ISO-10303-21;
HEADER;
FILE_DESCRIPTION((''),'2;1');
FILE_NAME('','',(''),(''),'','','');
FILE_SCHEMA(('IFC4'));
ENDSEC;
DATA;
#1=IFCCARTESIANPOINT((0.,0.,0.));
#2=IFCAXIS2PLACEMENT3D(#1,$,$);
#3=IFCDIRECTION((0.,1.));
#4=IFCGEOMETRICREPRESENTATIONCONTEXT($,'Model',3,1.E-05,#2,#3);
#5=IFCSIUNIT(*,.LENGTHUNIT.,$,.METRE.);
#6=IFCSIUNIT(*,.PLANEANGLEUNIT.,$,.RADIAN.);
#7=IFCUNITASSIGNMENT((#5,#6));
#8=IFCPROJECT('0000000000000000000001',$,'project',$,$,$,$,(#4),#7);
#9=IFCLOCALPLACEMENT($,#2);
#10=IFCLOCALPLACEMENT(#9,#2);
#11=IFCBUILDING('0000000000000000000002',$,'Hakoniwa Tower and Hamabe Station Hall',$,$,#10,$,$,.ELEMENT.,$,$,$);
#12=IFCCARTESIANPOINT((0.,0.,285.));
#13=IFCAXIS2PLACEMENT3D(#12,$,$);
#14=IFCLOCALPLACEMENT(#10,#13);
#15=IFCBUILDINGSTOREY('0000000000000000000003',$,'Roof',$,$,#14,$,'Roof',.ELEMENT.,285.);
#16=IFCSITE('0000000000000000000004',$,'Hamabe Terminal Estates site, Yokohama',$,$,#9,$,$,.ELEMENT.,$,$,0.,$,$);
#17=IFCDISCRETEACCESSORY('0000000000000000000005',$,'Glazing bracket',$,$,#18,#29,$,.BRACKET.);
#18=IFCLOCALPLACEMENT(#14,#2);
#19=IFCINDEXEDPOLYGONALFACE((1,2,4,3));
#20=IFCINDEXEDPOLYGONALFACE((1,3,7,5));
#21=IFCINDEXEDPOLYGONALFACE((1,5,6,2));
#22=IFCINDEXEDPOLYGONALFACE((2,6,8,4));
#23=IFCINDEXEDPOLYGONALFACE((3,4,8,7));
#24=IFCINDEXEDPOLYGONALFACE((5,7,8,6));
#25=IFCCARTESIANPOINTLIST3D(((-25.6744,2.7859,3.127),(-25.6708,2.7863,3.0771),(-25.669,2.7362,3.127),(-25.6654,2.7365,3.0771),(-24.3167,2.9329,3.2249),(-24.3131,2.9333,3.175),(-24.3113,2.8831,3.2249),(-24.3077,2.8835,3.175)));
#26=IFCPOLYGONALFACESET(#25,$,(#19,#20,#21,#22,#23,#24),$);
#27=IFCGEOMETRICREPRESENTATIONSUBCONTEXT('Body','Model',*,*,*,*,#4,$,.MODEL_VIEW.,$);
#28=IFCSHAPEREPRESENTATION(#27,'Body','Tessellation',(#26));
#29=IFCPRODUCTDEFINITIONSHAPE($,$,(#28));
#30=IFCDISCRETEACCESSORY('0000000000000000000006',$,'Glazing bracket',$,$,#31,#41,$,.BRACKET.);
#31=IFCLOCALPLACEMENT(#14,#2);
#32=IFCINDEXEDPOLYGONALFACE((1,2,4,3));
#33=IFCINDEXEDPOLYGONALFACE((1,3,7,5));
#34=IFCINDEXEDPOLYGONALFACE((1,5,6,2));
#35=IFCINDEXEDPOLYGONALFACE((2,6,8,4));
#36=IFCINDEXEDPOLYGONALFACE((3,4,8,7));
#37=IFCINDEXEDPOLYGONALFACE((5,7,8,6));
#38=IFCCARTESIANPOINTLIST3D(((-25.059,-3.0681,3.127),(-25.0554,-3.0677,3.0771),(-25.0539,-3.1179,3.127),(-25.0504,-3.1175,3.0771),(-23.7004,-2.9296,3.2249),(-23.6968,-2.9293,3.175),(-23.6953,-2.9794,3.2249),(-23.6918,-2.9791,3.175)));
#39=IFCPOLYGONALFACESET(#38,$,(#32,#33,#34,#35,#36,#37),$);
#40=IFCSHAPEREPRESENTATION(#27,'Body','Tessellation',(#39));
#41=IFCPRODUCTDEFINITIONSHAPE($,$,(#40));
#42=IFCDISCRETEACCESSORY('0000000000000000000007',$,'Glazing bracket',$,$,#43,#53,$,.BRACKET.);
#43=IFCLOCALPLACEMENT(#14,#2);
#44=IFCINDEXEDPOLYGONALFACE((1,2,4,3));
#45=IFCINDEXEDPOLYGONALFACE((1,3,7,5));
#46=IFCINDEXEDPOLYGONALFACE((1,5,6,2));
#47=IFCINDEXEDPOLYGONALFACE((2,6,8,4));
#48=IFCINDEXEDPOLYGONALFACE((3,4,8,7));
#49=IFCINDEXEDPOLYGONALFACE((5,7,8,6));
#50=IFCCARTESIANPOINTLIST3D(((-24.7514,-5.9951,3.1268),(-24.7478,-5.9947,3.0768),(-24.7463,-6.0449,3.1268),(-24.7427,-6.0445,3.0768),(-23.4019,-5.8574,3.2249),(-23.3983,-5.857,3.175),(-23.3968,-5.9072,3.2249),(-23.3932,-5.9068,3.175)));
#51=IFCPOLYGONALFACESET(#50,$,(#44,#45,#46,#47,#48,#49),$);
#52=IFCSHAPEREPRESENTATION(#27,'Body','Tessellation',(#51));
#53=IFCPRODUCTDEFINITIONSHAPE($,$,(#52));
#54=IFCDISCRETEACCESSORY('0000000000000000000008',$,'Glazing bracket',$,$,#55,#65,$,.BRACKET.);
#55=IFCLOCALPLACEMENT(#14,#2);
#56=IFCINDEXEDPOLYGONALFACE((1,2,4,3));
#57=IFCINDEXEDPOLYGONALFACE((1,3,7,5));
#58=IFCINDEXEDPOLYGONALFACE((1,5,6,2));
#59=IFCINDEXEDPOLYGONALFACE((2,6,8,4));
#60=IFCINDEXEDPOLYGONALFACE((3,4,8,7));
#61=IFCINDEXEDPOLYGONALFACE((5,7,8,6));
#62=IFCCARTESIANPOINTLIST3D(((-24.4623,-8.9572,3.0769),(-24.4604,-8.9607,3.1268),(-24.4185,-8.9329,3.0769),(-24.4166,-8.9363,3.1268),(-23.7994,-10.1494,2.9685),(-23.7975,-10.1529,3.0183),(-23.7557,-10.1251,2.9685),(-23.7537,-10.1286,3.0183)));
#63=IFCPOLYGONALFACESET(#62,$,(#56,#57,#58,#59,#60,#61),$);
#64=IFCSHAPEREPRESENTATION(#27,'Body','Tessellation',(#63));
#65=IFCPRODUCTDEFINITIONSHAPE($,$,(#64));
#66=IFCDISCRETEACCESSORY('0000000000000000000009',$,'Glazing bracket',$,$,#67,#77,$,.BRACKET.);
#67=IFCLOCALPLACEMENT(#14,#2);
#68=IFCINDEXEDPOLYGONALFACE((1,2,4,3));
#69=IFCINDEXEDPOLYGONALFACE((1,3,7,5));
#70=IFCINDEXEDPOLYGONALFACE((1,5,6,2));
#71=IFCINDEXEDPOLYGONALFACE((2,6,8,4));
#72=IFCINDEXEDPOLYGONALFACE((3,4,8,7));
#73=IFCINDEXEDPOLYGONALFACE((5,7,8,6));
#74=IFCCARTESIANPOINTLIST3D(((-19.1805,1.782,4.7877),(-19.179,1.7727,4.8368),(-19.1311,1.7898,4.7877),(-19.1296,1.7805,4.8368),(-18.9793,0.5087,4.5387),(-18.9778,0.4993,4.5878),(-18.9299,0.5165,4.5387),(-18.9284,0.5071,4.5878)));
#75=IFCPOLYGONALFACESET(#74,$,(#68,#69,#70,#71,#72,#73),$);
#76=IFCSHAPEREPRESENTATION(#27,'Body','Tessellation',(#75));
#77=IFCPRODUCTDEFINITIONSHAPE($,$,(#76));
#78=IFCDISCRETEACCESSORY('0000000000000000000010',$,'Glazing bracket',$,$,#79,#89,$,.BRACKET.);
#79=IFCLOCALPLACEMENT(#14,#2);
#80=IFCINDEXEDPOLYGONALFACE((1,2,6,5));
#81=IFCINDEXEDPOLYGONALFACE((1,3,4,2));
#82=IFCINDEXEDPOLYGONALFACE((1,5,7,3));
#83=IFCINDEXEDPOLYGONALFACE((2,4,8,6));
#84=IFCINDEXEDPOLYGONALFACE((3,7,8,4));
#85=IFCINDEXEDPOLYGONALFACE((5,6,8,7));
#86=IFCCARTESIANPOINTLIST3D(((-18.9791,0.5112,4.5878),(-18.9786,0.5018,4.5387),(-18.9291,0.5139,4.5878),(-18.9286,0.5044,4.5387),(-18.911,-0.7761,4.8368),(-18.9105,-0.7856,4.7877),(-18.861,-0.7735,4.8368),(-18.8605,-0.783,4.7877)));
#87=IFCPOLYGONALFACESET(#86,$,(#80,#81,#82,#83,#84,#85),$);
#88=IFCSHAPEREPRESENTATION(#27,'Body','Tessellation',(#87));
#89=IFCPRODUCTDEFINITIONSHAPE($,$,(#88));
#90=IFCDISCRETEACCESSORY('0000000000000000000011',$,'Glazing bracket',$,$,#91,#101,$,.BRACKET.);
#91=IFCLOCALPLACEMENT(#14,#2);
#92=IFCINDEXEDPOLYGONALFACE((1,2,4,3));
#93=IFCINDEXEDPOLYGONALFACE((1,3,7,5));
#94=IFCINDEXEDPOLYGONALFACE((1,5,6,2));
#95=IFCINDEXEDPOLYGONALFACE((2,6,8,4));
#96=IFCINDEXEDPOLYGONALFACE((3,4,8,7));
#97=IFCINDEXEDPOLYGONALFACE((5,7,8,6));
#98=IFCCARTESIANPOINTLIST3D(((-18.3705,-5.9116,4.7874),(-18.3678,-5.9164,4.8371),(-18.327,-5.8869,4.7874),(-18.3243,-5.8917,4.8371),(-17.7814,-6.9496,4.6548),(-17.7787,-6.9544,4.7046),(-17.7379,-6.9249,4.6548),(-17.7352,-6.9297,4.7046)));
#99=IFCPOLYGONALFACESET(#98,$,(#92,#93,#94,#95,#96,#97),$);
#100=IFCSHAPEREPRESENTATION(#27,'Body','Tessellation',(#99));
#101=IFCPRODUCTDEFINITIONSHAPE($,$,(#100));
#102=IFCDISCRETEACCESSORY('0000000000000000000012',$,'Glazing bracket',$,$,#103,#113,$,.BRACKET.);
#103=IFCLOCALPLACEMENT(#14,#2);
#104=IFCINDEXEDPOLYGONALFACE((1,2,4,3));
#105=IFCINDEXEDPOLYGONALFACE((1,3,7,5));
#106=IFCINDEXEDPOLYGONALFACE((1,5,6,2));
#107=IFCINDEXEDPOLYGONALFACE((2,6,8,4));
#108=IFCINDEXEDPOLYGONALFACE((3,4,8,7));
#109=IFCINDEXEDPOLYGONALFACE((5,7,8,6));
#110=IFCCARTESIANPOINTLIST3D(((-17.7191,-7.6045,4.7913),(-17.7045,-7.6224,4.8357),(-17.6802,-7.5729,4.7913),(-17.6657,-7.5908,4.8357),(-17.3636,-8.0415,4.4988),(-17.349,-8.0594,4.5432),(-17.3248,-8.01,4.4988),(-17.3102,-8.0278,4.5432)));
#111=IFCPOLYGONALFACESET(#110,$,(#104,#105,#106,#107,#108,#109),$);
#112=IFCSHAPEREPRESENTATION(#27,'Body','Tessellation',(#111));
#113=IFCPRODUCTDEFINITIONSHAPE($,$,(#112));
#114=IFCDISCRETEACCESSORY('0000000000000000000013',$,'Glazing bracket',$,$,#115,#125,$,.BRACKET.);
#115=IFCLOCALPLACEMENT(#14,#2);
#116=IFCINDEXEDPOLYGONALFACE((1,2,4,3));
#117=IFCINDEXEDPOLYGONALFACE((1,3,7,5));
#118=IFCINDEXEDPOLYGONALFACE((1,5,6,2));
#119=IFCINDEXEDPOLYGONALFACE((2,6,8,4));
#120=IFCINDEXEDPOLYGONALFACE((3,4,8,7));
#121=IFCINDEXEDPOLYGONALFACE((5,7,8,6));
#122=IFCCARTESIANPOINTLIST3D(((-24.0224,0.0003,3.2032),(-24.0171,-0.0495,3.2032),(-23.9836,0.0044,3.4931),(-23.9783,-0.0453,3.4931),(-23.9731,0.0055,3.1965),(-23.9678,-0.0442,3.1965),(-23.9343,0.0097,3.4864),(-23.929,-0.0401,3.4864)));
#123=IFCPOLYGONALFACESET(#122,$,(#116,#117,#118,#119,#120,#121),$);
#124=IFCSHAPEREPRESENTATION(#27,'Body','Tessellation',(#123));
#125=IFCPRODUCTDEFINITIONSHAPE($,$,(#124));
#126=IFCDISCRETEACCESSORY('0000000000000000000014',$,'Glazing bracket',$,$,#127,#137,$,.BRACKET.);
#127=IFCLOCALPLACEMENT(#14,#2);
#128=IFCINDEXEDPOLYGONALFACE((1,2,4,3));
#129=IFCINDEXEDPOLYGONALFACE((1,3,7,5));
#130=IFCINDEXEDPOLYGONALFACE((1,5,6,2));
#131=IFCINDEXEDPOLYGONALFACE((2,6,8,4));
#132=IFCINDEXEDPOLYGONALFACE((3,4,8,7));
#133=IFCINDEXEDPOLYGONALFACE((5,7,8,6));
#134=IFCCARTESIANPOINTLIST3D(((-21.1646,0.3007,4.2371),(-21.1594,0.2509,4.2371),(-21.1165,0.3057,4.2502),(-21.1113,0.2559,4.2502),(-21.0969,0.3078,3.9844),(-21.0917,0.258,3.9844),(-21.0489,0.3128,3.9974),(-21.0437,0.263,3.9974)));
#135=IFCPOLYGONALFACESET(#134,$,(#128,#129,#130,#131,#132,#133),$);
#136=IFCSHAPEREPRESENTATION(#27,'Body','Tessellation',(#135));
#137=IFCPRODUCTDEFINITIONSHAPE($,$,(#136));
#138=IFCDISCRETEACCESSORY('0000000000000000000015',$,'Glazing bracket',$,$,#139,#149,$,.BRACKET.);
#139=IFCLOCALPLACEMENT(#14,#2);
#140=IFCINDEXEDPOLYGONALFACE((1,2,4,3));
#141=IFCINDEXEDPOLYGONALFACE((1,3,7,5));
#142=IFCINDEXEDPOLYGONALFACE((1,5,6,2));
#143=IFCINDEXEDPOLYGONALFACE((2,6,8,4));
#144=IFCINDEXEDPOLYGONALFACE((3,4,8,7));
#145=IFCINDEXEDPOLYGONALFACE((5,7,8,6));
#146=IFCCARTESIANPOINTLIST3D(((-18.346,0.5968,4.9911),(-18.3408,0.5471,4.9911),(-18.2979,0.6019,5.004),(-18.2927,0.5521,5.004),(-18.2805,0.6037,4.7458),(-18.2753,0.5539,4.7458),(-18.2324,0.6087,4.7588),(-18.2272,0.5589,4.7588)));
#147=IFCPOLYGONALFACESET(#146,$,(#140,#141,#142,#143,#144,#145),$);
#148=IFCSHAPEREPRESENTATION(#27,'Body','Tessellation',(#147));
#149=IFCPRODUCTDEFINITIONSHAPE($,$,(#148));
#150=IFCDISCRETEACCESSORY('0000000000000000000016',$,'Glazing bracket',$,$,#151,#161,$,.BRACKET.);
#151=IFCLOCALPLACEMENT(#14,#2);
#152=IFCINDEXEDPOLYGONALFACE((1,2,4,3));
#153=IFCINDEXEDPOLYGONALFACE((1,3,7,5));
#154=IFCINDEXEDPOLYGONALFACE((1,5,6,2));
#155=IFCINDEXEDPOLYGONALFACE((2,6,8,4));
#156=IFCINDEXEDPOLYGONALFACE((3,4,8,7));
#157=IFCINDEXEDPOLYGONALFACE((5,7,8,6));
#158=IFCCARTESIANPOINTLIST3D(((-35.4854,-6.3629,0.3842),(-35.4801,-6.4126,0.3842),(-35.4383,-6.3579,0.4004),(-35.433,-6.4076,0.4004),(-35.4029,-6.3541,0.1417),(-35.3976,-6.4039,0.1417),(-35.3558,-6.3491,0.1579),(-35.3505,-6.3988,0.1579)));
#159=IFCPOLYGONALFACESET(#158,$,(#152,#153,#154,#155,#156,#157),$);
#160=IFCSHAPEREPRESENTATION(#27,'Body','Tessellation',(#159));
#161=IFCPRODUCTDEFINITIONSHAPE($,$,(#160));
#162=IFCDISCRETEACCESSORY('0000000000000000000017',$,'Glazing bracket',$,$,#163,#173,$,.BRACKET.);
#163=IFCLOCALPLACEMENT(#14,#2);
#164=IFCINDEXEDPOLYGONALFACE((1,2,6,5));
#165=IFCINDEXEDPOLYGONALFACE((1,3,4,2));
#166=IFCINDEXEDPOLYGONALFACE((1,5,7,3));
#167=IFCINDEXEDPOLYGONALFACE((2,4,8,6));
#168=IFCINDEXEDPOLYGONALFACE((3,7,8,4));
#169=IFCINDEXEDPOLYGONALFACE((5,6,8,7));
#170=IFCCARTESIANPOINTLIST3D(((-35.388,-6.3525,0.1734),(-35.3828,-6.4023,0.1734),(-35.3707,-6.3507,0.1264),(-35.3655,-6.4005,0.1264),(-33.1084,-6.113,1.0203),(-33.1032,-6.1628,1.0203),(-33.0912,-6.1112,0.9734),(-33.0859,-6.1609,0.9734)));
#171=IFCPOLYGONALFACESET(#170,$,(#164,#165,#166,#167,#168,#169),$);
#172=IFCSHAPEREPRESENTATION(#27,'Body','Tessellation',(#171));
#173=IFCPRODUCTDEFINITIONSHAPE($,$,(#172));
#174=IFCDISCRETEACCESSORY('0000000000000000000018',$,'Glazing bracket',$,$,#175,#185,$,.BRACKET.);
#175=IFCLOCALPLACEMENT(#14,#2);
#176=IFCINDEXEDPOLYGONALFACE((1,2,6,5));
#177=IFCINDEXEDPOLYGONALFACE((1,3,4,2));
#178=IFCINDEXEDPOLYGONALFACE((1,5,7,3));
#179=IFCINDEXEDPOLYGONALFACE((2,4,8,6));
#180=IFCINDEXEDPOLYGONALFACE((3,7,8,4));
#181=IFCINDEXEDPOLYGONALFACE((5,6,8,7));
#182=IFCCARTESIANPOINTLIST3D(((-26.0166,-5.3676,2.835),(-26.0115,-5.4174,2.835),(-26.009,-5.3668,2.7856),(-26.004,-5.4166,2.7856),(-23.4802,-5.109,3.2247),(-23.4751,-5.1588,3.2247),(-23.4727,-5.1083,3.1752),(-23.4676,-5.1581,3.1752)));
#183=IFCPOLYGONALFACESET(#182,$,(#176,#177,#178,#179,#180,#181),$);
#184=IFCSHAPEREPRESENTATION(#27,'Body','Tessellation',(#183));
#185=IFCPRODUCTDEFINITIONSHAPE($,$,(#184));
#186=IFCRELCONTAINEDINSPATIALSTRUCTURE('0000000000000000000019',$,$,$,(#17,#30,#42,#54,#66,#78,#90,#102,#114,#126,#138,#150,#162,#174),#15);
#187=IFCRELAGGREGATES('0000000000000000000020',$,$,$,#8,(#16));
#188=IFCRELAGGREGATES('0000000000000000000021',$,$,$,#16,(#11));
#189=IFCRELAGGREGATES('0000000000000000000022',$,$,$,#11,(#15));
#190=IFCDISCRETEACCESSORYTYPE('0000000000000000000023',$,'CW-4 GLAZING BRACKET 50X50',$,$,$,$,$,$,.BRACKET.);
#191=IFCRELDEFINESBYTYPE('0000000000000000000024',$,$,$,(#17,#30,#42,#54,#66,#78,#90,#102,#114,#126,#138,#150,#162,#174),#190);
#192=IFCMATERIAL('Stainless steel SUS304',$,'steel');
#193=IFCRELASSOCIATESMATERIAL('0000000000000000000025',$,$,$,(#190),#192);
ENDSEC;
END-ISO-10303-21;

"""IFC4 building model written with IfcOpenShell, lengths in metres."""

from ifc_helpers import new_model, si_unit, direction, frame, origin, origin_2d, place, context, subcontext, project, spatial, rectangle, extrude, material, material_profile, profile_set, type_object, element, save


model = new_model("IFC4")

# Units and contexts
model_context = context("Model", 3, precision=1e-05, world=origin(), true_north=direction((0.0, 1.0)))
body_context = subcontext(model_context, "Body", "Model", "MODEL_VIEW")
ifc_project = project(units=[si_unit("LENGTHUNIT", "METRE"), si_unit("PLANEANGLEUNIT", "RADIAN")], contexts=[model_context])

# Site, building, storey
site_placement = place(None, origin())
site = spatial("IfcSite", under=ifc_project, at=site_placement, Name="Hamabe Terminal Estates site, Yokohama", CompositionType="ELEMENT", RefElevation=0.0)
building_placement = place(site_placement, origin())
building = spatial("IfcBuilding", under=site, at=building_placement, Name="Hakoniwa Tower and Hamabe Station Hall", CompositionType="ELEMENT")
storey_placement = place(building_placement, frame((0.0, 0.0, 285.0)))
storey = spatial("IfcBuildingStorey", under=building, at=storey_placement, Name="Roof", LongName="Roof", CompositionType="ELEMENT", Elevation=285.0)

# Discrete accessories
ifc_material_1 = material(Name="Stainless steel SUS304", Category="steel")
ifc_material_profile_1 = material_profile(ifc_material_1, rectangle(XDim=0.05, YDim=0.05, at=origin_2d()), Name="CW-4 GLAZING BRACKET 50X50")
ifc_profile_set_1 = profile_set([ifc_material_profile_1], Name="Stainless steel SUS304")
discrete_accessory_type = type_object("IfcDiscreteAccessoryType", Name="CW-4 GLAZING BRACKET 50X50", PredefinedType="BRACKET", material=ifc_profile_set_1)
for number, where, z_axis, x_axis, name in (
    (1, (-25.6699, 2.7612, 3.1021), (0.991647, 0.10735, 0.071507), (-0.107625, 0.994192, 0.0), "Glazing bracket"),
    (2, (-25.0547, -3.0928, 3.1021), (0.992303, 0.101103, 0.071503), (-0.101362, 0.99485, 0.0), "Glazing bracket"),
):
    element("IfcDiscreteAccessory", number, at=place(storey_placement, frame(where, z_axis=z_axis, x_axis=x_axis)), inside=storey, type_object=discrete_accessory_type, Name=name, PredefinedType="BRACKET", context=body_context, shape_type="SweptSolid", body=[
        extrude(rectangle(XDim=0.05, YDim=0.05, at=origin_2d()), origin(), (0.0, 0.0, 1.0), 1.3691),
    ])
discrete_accessory_1_placement = place(storey_placement, frame((-24.7471, -6.0198, 3.1018), z_axis=(0.992242, 0.101235, 0.072157), x_axis=(-0.101499, 0.994836, 0.0)))
element("IfcDiscreteAccessory", 3, at=discrete_accessory_1_placement, inside=storey, type_object=discrete_accessory_type, Name="Glazing bracket", PredefinedType="BRACKET", context=body_context, shape_type="SweptSolid", body=[
    extrude(rectangle(XDim=0.05, YDim=0.05, at=origin_2d()), origin(), (0.0, 0.0, 1.0), 1.3601),
])
discrete_accessory_2_placement = place(storey_placement, frame((-24.4395, -8.9468, 3.1018), z_axis=(0.48442, -0.871242, -0.07922), x_axis=(0.873988, 0.485947, 0.0)))
element("IfcDiscreteAccessory", 4, at=discrete_accessory_2_placement, inside=storey, type_object=discrete_accessory_type, Name="Glazing bracket", PredefinedType="BRACKET", context=body_context, shape_type="SweptSolid", body=[
    extrude(rectangle(XDim=0.05, YDim=0.05, at=origin_2d()), origin(), (0.0, 0.0, 1.0), 1.3684),
])
for number, where, z_axis, x_axis, name in (
    (5, (-19.155, 1.7812, 4.8123), (0.153208, -0.969825, -0.189651), (0.987751, 0.15604, 0.0), "Glazing bracket"),
    (6, (-18.8857, -0.7795, 4.8123), (-0.051878, 0.980478, -0.189662), (-0.998603, -0.052837, 0.0), "Glazing bracket"),
):
    element("IfcDiscreteAccessory", number, at=place(storey_placement, frame(where, z_axis=z_axis, x_axis=x_axis)), inside=storey, type_object=discrete_accessory_type, Name=name, PredefinedType="BRACKET", context=body_context, shape_type="SweptSolid", body=[
        extrude(rectangle(XDim=0.05, YDim=0.05, at=origin_2d()), origin(), (0.0, 0.0, 1.0), 1.313),
    ])
discrete_accessory_3_placement = place(storey_placement, frame((-18.3474, -5.9016, 4.8123), z_axis=(0.490543, -0.864397, -0.110387), x_axis=(0.869712, 0.49356, 0.0)))
element("IfcDiscreteAccessory", 7, at=discrete_accessory_3_placement, inside=storey, type_object=discrete_accessory_type, Name="Glazing bracket", PredefinedType="BRACKET", context=body_context, shape_type="SweptSolid", body=[
    extrude(rectangle(XDim=0.05, YDim=0.05, at=origin_2d()), origin(), (0.0, 0.0, 1.0), 1.2009),
])
discrete_accessory_4_placement = place(storey_placement, frame((-17.6924, -7.5977, 4.8135), z_axis=(0.560031, -0.6885, -0.460795), x_axis=(0.775769, 0.631017, 0.0)))
element("IfcDiscreteAccessory", 8, at=discrete_accessory_4_placement, inside=storey, type_object=discrete_accessory_type, Name="Glazing bracket", PredefinedType="BRACKET", context=body_context, shape_type="SweptSolid", body=[
    extrude(rectangle(XDim=0.05, YDim=0.05, at=origin_2d()), origin(), (0.0, 0.0, 1.0), 0.6348),
])
discrete_accessory_5_placement = place(storey_placement, frame((-23.9563, -0.0178, 3.4897), z_axis=(-0.132752, -0.014194, -0.991048), x_axis=(0.106312, -0.994333, 0.0)))
element("IfcDiscreteAccessory", 9, at=discrete_accessory_5_placement, inside=storey, type_object=discrete_accessory_type, Name="Glazing bracket", PredefinedType="BRACKET", context=body_context, shape_type="SweptSolid", body=[
    extrude(rectangle(XDim=0.05, YDim=0.05, at=origin_2d()), origin(), (0.0, 0.0, 1.0), 0.2925),
])
discrete_accessory_6_placement = place(storey_placement, frame((-21.1379, 0.2783, 4.2437), z_axis=(0.258439, 0.027057, -0.965649), x_axis=(-0.104124, 0.994564, 0.0)))
element("IfcDiscreteAccessory", 10, at=discrete_accessory_6_placement, inside=storey, type_object=discrete_accessory_type, Name="Glazing bracket", PredefinedType="BRACKET", context=body_context, shape_type="SweptSolid", body=[
    extrude(rectangle(XDim=0.05, YDim=0.05, at=origin_2d()), origin(), (0.0, 0.0, 1.0), 0.2617),
])
discrete_accessory_7_placement = place(storey_placement, frame((-18.3193, 0.5745, 4.9976), z_axis=(0.257809, 0.026935, -0.96582), x_axis=(-0.103912, 0.994586, 0.0)))
element("IfcDiscreteAccessory", 11, at=discrete_accessory_7_placement, inside=storey, type_object=discrete_accessory_type, Name="Glazing bracket", PredefinedType="BRACKET", context=body_context, shape_type="SweptSolid", body=[
    extrude(rectangle(XDim=0.05, YDim=0.05, at=origin_2d()), origin(), (0.0, 0.0, 1.0), 0.2539),
])
discrete_accessory_8_placement = place(storey_placement, frame((-35.4592, -6.3853, 0.3923), z_axis=(0.322038, 0.0343, -0.946105), x_axis=(-0.10591, 0.994376, 0.0)))
element("IfcDiscreteAccessory", 12, at=discrete_accessory_8_placement, inside=storey, type_object=discrete_accessory_type, Name="Glazing bracket", PredefinedType="BRACKET", context=body_context, shape_type="SweptSolid", body=[
    extrude(rectangle(XDim=0.05, YDim=0.05, at=origin_2d()), origin(), (0.0, 0.0, 1.0), 0.2563),
])
discrete_accessory_9_placement = place(storey_placement, frame((-33.0972, -6.137, 0.9968), z_axis=(-0.93288, -0.098014, -0.346595), x_axis=(0.104491, -0.994526, 0.0)))
element("IfcDiscreteAccessory", 13, at=discrete_accessory_9_placement, inside=storey, type_object=discrete_accessory_type, Name="Glazing bracket", PredefinedType="BRACKET", context=body_context, shape_type="SweptSolid", body=[
    extrude(rectangle(XDim=0.05, YDim=0.05, at=origin_2d()), origin(), (0.0, 0.0, 1.0), 2.4436),
])
discrete_accessory_10_placement = place(storey_placement, frame((-26.0103, -5.3921, 2.8103), z_axis=(0.983426, 0.100245, 0.151078), x_axis=(-0.101409, 0.994845, 0.0)))
element("IfcDiscreteAccessory", 14, at=discrete_accessory_10_placement, inside=storey, type_object=discrete_accessory_type, Name="Glazing bracket", PredefinedType="BRACKET", context=body_context, shape_type="SweptSolid", body=[
    extrude(rectangle(XDim=0.05, YDim=0.05, at=origin_2d()), origin(), (0.0, 0.0, 1.0), 2.5791),
])

save(model, "model.ifc")
